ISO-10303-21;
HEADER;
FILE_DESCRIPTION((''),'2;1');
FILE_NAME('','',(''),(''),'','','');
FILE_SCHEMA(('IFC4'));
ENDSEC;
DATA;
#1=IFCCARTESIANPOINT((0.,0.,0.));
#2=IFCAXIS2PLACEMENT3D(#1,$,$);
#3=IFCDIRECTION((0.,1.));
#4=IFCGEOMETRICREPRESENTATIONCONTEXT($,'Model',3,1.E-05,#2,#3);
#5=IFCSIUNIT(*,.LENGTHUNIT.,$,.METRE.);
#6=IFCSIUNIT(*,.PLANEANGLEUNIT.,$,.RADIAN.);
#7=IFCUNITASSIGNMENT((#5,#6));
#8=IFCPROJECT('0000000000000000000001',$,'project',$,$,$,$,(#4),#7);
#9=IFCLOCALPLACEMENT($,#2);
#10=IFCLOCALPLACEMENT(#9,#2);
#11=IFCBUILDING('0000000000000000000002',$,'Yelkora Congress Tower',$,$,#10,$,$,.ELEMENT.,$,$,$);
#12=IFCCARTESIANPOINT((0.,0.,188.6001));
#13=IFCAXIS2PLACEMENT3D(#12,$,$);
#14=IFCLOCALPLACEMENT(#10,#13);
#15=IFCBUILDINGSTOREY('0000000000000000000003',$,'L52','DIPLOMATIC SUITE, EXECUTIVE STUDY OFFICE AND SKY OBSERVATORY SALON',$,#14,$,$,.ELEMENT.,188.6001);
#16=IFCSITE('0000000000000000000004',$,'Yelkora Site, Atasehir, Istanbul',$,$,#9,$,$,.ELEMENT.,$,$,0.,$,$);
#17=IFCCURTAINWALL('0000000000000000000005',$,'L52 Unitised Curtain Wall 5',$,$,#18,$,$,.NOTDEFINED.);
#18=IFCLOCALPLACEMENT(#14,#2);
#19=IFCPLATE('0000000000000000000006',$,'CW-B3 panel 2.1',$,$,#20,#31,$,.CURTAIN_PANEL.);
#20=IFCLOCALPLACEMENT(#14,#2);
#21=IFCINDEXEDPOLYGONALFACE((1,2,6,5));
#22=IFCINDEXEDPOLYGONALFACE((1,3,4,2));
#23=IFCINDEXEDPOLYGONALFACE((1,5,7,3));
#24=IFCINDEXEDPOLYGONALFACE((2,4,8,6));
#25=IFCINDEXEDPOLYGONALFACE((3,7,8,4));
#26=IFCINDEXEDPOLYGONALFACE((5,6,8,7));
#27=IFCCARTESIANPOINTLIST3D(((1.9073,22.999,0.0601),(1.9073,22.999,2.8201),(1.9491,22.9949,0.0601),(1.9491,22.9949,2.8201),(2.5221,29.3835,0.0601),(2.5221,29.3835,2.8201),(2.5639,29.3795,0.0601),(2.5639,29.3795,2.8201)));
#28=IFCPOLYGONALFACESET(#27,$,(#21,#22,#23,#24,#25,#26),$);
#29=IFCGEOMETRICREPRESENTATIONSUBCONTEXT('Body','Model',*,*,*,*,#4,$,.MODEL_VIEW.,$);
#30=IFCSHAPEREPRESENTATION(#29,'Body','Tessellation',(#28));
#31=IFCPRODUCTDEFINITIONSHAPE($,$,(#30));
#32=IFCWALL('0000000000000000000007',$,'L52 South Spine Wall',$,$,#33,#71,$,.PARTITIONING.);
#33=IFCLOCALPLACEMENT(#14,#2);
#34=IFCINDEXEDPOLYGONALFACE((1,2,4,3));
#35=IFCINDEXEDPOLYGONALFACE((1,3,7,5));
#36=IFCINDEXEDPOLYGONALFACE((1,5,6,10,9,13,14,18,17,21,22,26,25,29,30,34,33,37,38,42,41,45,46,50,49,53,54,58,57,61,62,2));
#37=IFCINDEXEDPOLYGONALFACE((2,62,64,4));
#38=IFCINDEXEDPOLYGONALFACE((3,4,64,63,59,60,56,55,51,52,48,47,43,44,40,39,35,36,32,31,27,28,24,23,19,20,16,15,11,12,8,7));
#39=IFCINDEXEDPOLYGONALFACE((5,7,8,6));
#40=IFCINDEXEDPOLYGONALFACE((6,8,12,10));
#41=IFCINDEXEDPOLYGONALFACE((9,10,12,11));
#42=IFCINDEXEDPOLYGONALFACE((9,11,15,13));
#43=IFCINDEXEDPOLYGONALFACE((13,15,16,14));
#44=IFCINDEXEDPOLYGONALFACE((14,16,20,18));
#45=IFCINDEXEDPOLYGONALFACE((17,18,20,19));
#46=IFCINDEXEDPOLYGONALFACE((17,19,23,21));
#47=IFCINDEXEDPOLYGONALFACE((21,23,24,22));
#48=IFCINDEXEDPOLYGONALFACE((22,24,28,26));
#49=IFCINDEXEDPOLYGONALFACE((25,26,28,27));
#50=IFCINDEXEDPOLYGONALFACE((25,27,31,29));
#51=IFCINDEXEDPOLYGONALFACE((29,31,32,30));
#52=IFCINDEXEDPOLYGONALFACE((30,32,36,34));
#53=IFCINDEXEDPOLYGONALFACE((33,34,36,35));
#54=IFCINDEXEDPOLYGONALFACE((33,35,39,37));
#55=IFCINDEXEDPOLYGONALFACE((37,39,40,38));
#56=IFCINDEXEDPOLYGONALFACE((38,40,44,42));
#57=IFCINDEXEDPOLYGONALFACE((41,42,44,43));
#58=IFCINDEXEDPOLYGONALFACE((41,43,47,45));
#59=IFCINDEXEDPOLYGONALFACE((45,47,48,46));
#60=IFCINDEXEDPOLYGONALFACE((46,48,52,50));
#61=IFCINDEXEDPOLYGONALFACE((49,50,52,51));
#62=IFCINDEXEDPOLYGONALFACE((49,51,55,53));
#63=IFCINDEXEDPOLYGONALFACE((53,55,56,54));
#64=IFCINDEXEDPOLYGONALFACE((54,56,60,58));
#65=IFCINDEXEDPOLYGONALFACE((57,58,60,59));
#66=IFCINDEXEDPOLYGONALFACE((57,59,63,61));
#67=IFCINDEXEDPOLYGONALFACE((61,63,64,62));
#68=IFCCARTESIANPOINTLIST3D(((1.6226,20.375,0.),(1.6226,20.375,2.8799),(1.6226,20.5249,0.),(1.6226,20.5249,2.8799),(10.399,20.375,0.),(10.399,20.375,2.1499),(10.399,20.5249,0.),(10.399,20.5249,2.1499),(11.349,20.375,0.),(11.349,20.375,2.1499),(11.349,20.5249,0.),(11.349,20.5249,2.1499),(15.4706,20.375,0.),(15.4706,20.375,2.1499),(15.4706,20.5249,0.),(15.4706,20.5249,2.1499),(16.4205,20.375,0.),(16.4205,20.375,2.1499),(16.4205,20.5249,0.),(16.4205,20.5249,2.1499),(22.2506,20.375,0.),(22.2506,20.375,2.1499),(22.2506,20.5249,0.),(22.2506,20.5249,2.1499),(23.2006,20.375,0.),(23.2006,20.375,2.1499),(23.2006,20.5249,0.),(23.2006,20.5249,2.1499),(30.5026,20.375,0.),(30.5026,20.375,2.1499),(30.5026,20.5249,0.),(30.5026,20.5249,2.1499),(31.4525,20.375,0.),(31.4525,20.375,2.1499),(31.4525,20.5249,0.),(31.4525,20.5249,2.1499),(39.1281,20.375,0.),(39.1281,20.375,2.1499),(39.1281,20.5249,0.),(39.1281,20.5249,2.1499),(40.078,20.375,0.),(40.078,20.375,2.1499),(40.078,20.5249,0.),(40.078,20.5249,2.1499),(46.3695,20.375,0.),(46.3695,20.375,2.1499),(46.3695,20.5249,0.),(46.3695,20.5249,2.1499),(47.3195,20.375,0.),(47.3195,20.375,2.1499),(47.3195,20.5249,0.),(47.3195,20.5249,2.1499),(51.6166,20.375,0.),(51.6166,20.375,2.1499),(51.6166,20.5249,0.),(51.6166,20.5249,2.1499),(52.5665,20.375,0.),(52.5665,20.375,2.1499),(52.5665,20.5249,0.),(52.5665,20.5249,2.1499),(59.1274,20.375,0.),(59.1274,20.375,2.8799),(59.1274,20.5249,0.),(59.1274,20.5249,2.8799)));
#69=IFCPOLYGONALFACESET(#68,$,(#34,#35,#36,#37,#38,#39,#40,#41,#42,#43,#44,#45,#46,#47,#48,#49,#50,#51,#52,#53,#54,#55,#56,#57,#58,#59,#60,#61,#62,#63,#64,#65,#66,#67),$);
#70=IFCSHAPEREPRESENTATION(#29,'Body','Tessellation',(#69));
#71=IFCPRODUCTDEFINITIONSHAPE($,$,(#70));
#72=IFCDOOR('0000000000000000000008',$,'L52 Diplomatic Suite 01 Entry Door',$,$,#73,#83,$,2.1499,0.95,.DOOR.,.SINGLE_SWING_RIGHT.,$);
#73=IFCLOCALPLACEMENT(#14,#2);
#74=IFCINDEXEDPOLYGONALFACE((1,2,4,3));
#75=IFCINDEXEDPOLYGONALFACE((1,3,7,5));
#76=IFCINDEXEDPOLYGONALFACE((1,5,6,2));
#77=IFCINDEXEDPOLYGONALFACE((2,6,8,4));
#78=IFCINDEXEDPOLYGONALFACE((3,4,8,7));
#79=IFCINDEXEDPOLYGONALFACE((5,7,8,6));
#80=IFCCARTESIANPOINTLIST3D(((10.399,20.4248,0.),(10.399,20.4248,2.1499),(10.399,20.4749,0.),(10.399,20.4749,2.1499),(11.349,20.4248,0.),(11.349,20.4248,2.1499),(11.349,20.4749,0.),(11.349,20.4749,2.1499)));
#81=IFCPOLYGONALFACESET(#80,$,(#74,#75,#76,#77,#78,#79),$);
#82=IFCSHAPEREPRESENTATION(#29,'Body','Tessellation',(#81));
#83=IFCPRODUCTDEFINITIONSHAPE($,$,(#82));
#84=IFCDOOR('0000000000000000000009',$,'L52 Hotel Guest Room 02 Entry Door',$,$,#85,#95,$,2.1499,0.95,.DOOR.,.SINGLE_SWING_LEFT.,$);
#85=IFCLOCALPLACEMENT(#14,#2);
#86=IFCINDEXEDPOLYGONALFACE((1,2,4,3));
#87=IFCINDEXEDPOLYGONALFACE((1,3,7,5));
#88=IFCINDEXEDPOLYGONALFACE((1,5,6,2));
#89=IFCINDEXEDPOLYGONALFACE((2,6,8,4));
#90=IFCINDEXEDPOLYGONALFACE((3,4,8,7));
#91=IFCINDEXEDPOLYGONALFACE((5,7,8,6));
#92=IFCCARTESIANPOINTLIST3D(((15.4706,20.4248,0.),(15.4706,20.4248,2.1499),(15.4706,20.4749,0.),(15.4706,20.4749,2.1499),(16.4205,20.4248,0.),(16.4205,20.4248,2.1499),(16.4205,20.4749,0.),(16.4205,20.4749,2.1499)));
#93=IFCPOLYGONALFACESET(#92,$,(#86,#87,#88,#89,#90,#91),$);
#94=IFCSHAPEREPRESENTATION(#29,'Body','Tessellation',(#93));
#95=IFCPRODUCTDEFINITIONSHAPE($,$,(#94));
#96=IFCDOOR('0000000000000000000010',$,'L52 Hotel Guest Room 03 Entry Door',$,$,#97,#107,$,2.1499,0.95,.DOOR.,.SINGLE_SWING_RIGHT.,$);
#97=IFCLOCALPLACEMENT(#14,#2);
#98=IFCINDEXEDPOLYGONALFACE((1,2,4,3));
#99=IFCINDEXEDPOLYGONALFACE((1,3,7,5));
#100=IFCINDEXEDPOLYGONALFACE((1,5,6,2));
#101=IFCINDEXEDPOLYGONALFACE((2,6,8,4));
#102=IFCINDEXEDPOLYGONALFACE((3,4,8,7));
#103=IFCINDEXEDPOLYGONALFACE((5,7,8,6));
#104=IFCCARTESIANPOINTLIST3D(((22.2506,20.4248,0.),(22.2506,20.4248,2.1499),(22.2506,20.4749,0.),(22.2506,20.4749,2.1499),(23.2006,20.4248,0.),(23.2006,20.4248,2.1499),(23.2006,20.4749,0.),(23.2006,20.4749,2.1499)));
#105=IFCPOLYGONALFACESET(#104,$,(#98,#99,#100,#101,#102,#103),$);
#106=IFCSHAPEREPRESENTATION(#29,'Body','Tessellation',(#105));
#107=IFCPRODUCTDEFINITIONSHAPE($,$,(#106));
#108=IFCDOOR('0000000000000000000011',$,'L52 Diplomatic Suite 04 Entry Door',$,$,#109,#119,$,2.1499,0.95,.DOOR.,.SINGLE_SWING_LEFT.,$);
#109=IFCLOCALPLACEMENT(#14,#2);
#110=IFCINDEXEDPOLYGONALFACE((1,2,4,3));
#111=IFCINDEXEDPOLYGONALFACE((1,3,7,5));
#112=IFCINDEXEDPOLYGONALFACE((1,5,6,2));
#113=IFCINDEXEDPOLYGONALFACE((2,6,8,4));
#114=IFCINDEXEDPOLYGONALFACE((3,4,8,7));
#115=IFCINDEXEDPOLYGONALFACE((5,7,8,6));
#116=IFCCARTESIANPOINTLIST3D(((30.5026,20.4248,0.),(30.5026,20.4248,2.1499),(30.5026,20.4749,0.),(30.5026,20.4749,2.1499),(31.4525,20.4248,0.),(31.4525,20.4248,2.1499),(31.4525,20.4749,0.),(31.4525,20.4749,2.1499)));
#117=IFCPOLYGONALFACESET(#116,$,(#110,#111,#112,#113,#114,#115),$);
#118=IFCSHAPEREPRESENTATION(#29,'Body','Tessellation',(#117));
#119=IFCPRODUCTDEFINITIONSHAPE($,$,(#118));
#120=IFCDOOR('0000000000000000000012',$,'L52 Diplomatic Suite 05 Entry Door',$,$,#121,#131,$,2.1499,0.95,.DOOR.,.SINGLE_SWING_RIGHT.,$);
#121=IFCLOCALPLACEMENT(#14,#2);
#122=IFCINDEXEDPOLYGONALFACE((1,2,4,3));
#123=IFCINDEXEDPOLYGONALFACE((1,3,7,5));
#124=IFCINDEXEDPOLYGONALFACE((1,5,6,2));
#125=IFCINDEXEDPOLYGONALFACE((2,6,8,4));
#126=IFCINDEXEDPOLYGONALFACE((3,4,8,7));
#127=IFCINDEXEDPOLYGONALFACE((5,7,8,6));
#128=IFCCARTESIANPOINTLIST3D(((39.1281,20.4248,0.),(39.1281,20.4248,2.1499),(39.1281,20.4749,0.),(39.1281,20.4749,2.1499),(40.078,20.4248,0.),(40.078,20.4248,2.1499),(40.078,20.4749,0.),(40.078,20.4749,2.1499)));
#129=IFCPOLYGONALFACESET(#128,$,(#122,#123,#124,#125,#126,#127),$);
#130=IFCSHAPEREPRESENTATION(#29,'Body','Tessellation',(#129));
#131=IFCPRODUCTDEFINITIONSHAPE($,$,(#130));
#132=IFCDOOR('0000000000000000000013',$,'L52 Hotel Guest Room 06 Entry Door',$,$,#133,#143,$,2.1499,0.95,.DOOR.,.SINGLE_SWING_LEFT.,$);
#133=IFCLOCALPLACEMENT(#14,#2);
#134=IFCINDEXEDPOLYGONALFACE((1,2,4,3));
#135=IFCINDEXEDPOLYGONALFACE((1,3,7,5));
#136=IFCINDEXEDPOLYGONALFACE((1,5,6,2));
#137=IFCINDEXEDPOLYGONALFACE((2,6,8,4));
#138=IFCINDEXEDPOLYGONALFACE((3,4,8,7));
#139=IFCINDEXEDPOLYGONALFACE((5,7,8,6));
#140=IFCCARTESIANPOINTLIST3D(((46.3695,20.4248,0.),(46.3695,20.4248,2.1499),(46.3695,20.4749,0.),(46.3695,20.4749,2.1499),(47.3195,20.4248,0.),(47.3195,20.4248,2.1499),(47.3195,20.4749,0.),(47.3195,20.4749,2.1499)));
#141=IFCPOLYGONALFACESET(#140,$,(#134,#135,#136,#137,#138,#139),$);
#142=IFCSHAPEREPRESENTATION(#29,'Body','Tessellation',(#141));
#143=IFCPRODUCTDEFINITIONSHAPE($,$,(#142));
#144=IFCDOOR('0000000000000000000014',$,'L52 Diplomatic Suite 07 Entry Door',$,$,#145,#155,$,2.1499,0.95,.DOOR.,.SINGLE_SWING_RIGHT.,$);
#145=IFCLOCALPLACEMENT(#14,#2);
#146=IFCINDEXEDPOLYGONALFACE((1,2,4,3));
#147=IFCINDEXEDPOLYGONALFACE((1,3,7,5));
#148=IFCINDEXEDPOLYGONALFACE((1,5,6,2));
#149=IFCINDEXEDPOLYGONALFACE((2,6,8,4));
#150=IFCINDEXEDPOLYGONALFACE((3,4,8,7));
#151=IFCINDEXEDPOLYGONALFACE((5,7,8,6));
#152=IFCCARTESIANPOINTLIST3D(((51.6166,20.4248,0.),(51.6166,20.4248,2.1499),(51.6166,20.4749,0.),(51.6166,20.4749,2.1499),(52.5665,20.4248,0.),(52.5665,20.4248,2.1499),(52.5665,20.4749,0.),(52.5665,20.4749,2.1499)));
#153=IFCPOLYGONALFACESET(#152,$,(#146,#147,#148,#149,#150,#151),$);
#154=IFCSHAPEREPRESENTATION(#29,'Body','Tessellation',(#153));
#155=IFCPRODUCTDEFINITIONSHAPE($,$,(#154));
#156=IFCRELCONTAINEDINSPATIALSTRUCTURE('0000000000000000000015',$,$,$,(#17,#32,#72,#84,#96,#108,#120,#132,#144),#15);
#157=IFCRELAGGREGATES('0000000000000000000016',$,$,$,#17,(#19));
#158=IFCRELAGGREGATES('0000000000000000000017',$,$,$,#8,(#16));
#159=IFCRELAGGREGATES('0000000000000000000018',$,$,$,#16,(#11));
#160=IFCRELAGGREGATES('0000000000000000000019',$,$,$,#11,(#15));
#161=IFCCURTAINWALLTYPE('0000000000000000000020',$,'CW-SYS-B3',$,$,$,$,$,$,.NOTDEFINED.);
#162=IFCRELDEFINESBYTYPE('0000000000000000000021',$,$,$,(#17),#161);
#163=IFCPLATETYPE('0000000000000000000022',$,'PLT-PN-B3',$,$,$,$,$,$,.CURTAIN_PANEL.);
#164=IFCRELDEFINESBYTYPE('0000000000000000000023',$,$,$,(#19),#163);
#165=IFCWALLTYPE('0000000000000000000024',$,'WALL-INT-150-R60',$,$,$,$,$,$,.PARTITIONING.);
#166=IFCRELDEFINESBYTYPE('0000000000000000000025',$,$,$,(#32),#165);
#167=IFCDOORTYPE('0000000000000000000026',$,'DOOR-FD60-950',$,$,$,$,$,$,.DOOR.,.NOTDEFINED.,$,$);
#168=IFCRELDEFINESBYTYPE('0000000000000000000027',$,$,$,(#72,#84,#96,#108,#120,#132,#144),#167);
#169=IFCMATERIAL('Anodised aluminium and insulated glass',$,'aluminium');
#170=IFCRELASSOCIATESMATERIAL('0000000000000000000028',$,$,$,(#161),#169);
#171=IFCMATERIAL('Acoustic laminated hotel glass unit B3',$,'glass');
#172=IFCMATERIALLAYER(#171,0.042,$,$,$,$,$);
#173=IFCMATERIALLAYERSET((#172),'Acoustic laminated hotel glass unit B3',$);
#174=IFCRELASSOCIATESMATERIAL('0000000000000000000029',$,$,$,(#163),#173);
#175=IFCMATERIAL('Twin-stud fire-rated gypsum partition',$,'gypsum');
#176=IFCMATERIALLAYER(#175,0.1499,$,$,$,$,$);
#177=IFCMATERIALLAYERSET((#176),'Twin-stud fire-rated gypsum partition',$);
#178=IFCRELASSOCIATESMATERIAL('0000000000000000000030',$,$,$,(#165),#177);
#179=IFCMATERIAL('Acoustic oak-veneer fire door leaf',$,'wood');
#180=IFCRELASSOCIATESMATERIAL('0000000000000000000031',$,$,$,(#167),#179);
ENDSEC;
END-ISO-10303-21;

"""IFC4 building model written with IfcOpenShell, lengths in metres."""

from ifc_helpers import new_model, si_unit, direction, frame, frame_2d, origin, origin_2d, place, context, subcontext, project, spatial, rectangle, extrude, material, layer, layer_set, type_object, element, fill, aggregate, save


model = new_model("IFC4")

# Units and contexts
model_context = context("Model", 3, precision=1e-05, world=origin(), true_north=direction((0.0, 1.0)))
body_context = subcontext(model_context, "Body", "Model", "MODEL_VIEW")
ifc_project = project(units=[si_unit("LENGTHUNIT", "METRE"), si_unit("PLANEANGLEUNIT", "RADIAN")], contexts=[model_context])

# Site, building, storey
site_placement = place(None, origin())
site = spatial("IfcSite", under=ifc_project, at=site_placement, Name="Yelkora Site, Atasehir, Istanbul", CompositionType="ELEMENT", RefElevation=0.0)
building_placement = place(site_placement, origin())
building = spatial("IfcBuilding", under=site, at=building_placement, Name="Yelkora Congress Tower", CompositionType="ELEMENT")
storey_placement = place(building_placement, frame((0.0, 0.0, 188.6001)))
storey = spatial("IfcBuildingStorey", under=building, at=storey_placement, Name="L52", Description="DIPLOMATIC SUITE, EXECUTIVE STUDY OFFICE AND SKY OBSERVATORY SALON", CompositionType="ELEMENT", Elevation=188.6001)

# Curtain wall, plate
ifc_material_1 = material(Name="Anodised aluminium and insulated glass", Category="aluminium")
curtain_wall_type = type_object("IfcCurtainWallType", Name="CW-SYS-B3", PredefinedType="NOTDEFINED", material=ifc_material_1)
curtain_wall_placement = place(storey_placement, origin())
curtain_wall = element("IfcCurtainWall", 1, at=curtain_wall_placement, inside=storey, type_object=curtain_wall_type, Name="L52 Unitised Curtain Wall 5", PredefinedType="NOTDEFINED")
ifc_material_2 = material(Name="Acoustic laminated hotel glass unit B3", Category="glass")
ifc_layer_1 = layer(ifc_material_2, 0.042)
ifc_layer_set_1 = layer_set([ifc_layer_1], Name="Acoustic laminated hotel glass unit B3")
plate_type = type_object("IfcPlateType", Name="PLT-PN-B3", PredefinedType="CURTAIN_PANEL", material=ifc_layer_set_1)
plate_1_placement = place(storey_placement, frame((2.2356, 26.1892, 0.0601), z_axis=(0.0, 0.0, 1.0), x_axis=(0.095845, 0.995396, 0.0)))
plate_1 = element("IfcPlate", 2, at=plate_1_placement, type_object=plate_type, Name="CW-B3 panel 2.1", PredefinedType="CURTAIN_PANEL", context=body_context, shape_type="SweptSolid", body=[
    extrude(rectangle(XDim=6.4141, YDim=0.042, at=origin_2d()), origin(), (0.0, 0.0, 1.0), 2.76),
])
aggregate(curtain_wall, [plate_1])

# Wall, openings, doors
ifc_material_3 = material(Name="Twin-stud fire-rated gypsum partition", Category="gypsum")
ifc_layer_2 = layer(ifc_material_3, 0.1499)
ifc_layer_set_2 = layer_set([ifc_layer_2], Name="Twin-stud fire-rated gypsum partition")
wall_type = type_object("IfcWallType", Name="WALL-INT-150-R60", PredefinedType="PARTITIONING", material=ifc_layer_set_2)
wall_placement = place(storey_placement, frame((1.6226, 20.45, 0.0), z_axis=(0.0, 0.0, 1.0), x_axis=(1.0, 0.0, 0.0)))
wall = element("IfcWall", 3, at=wall_placement, inside=storey, type_object=wall_type, Name="L52 South Spine Wall", PredefinedType="PARTITIONING", context=body_context, shape_type="SweptSolid", body=[
    extrude(rectangle(XDim=57.5049, YDim=0.1499, at=frame_2d((28.7524, 0.0))), origin(), (0.0, 0.0, 1.0), 2.8799),
])
opening_1_placement = place(wall_placement, frame((8.7764, 0.0, 0.0)))
opening_1 = element("IfcOpeningElement", 4, at=opening_1_placement, cuts=wall, PredefinedType="OPENING", context=body_context, shape_type="SweptSolid", body=[
    extrude(rectangle(XDim=0.95, YDim=2.1499, at=frame_2d((0.4751, 1.075))), frame((0.0, 0.085, 0.0), z_axis=(0.0, -1.0, 0.0), x_axis=(1.0, 0.0, 0.0)), (0.0, 0.0, 1.0), 0.1699),
])
opening_2_placement = place(wall_placement, frame((13.8479, 0.0, 0.0)))
opening_2 = element("IfcOpeningElement", 5, at=opening_2_placement, cuts=wall, PredefinedType="OPENING", context=body_context, shape_type="SweptSolid", body=[
    extrude(rectangle(XDim=0.95, YDim=2.1499, at=frame_2d((0.4751, 1.075))), frame((0.0, 0.085, 0.0), z_axis=(0.0, -1.0, 0.0), x_axis=(1.0, 0.0, 0.0)), (0.0, 0.0, 1.0), 0.1699),
])
opening_3_placement = place(wall_placement, frame((20.6279, 0.0, 0.0)))
opening_3 = element("IfcOpeningElement", 6, at=opening_3_placement, cuts=wall, PredefinedType="OPENING", context=body_context, shape_type="SweptSolid", body=[
    extrude(rectangle(XDim=0.95, YDim=2.1499, at=frame_2d((0.4751, 1.075))), frame((0.0, 0.085, 0.0), z_axis=(0.0, -1.0, 0.0), x_axis=(1.0, 0.0, 0.0)), (0.0, 0.0, 1.0), 0.1699),
])
opening_4_placement = place(wall_placement, frame((28.8799, 0.0, 0.0)))
opening_4 = element("IfcOpeningElement", 7, at=opening_4_placement, cuts=wall, PredefinedType="OPENING", context=body_context, shape_type="SweptSolid", body=[
    extrude(rectangle(XDim=0.95, YDim=2.1499, at=frame_2d((0.4751, 1.075))), frame((0.0, 0.085, 0.0), z_axis=(0.0, -1.0, 0.0), x_axis=(1.0, 0.0, 0.0)), (0.0, 0.0, 1.0), 0.1699),
])
opening_5_placement = place(wall_placement, frame((37.5054, 0.0, 0.0)))
opening_5 = element("IfcOpeningElement", 8, at=opening_5_placement, cuts=wall, PredefinedType="OPENING", context=body_context, shape_type="SweptSolid", body=[
    extrude(rectangle(XDim=0.95, YDim=2.1499, at=frame_2d((0.4751, 1.075))), frame((0.0, 0.085, 0.0), z_axis=(0.0, -1.0, 0.0), x_axis=(1.0, 0.0, 0.0)), (0.0, 0.0, 1.0), 0.1699),
])
opening_6_placement = place(wall_placement, frame((44.7468, 0.0, 0.0)))
opening_6 = element("IfcOpeningElement", 9, at=opening_6_placement, cuts=wall, PredefinedType="OPENING", context=body_context, shape_type="SweptSolid", body=[
    extrude(rectangle(XDim=0.95, YDim=2.1499, at=frame_2d((0.4751, 1.075))), frame((0.0, 0.085, 0.0), z_axis=(0.0, -1.0, 0.0), x_axis=(1.0, 0.0, 0.0)), (0.0, 0.0, 1.0), 0.1699),
])
opening_7_placement = place(wall_placement, frame((49.9939, 0.0, 0.0)))
opening_7 = element("IfcOpeningElement", 10, at=opening_7_placement, cuts=wall, PredefinedType="OPENING", context=body_context, shape_type="SweptSolid", body=[
    extrude(rectangle(XDim=0.95, YDim=2.1499, at=frame_2d((0.4751, 1.075))), frame((0.0, 0.085, 0.0), z_axis=(0.0, -1.0, 0.0), x_axis=(1.0, 0.0, 0.0)), (0.0, 0.0, 1.0), 0.1699),
])
ifc_material_4 = material(Name="Acoustic oak-veneer fire door leaf", Category="wood")
door_type = type_object("IfcDoorType", Name="DOOR-FD60-950", OperationType="NOTDEFINED", PredefinedType="DOOR", material=ifc_material_4)
door_1_placement = place(opening_1_placement, origin())
door_1 = element("IfcDoor", 11, at=door_1_placement, inside=storey, type_object=door_type, Name="L52 Diplomatic Suite 01 Entry Door", OperationType="SINGLE_SWING_RIGHT", OverallHeight=2.1499, OverallWidth=0.95, PredefinedType="DOOR", context=body_context, shape_type="SweptSolid", body=[
    extrude(rectangle(XDim=0.95, YDim=2.1499, at=frame_2d((0.4751, 1.075))), frame((0.0, 0.0249, 0.0), z_axis=(0.0, -1.0, 0.0), x_axis=(1.0, 0.0, 0.0)), (0.0, 0.0, 1.0), 0.05),
])
fill(opening_1, door_1)
door_2_placement = place(opening_2_placement, origin())
door_2 = element("IfcDoor", 12, at=door_2_placement, inside=storey, type_object=door_type, Name="L52 Hotel Guest Room 02 Entry Door", OperationType="SINGLE_SWING_LEFT", OverallHeight=2.1499, OverallWidth=0.95, PredefinedType="DOOR", context=body_context, shape_type="SweptSolid", body=[
    extrude(rectangle(XDim=0.95, YDim=2.1499, at=frame_2d((0.4751, 1.075))), frame((0.0, 0.0249, 0.0), z_axis=(0.0, -1.0, 0.0), x_axis=(1.0, 0.0, 0.0)), (0.0, 0.0, 1.0), 0.05),
])
fill(opening_2, door_2)
door_3_placement = place(opening_3_placement, origin())
door_3 = element("IfcDoor", 13, at=door_3_placement, inside=storey, type_object=door_type, Name="L52 Hotel Guest Room 03 Entry Door", OperationType="SINGLE_SWING_RIGHT", OverallHeight=2.1499, OverallWidth=0.95, PredefinedType="DOOR", context=body_context, shape_type="SweptSolid", body=[
    extrude(rectangle(XDim=0.95, YDim=2.1499, at=frame_2d((0.4751, 1.075))), frame((0.0, 0.0249, 0.0), z_axis=(0.0, -1.0, 0.0), x_axis=(1.0, 0.0, 0.0)), (0.0, 0.0, 1.0), 0.05),
])
fill(opening_3, door_3)
door_4_placement = place(opening_4_placement, origin())
door_4 = element("IfcDoor", 14, at=door_4_placement, inside=storey, type_object=door_type, Name="L52 Diplomatic Suite 04 Entry Door", OperationType="SINGLE_SWING_LEFT", OverallHeight=2.1499, OverallWidth=0.95, PredefinedType="DOOR", context=body_context, shape_type="SweptSolid", body=[
    extrude(rectangle(XDim=0.95, YDim=2.1499, at=frame_2d((0.4751, 1.075))), frame((0.0, 0.0249, 0.0), z_axis=(0.0, -1.0, 0.0), x_axis=(1.0, 0.0, 0.0)), (0.0, 0.0, 1.0), 0.05),
])
fill(opening_4, door_4)
door_5_placement = place(opening_5_placement, origin())
door_5 = element("IfcDoor", 15, at=door_5_placement, inside=storey, type_object=door_type, Name="L52 Diplomatic Suite 05 Entry Door", OperationType="SINGLE_SWING_RIGHT", OverallHeight=2.1499, OverallWidth=0.95, PredefinedType="DOOR", context=body_context, shape_type="SweptSolid", body=[
    extrude(rectangle(XDim=0.95, YDim=2.1499, at=frame_2d((0.4751, 1.075))), frame((0.0, 0.0249, 0.0), z_axis=(0.0, -1.0, 0.0), x_axis=(1.0, 0.0, 0.0)), (0.0, 0.0, 1.0), 0.05),
])
fill(opening_5, door_5)
door_6_placement = place(opening_6_placement, origin())
door_6 = element("IfcDoor", 16, at=door_6_placement, inside=storey, type_object=door_type, Name="L52 Hotel Guest Room 06 Entry Door", OperationType="SINGLE_SWING_LEFT", OverallHeight=2.1499, OverallWidth=0.95, PredefinedType="DOOR", context=body_context, shape_type="SweptSolid", body=[
    extrude(rectangle(XDim=0.95, YDim=2.1499, at=frame_2d((0.4751, 1.075))), frame((0.0, 0.0249, 0.0), z_axis=(0.0, -1.0, 0.0), x_axis=(1.0, 0.0, 0.0)), (0.0, 0.0, 1.0), 0.05),
])
fill(opening_6, door_6)
door_7_placement = place(opening_7_placement, origin())
door_7 = element("IfcDoor", 17, at=door_7_placement, inside=storey, type_object=door_type, Name="L52 Diplomatic Suite 07 Entry Door", OperationType="SINGLE_SWING_RIGHT", OverallHeight=2.1499, OverallWidth=0.95, PredefinedType="DOOR", context=body_context, shape_type="SweptSolid", body=[
    extrude(rectangle(XDim=0.95, YDim=2.1499, at=frame_2d((0.4751, 1.075))), frame((0.0, 0.0249, 0.0), z_axis=(0.0, -1.0, 0.0), x_axis=(1.0, 0.0, 0.0)), (0.0, 0.0, 1.0), 0.05),
])
fill(opening_7, door_7)

save(model, "model.ifc")
